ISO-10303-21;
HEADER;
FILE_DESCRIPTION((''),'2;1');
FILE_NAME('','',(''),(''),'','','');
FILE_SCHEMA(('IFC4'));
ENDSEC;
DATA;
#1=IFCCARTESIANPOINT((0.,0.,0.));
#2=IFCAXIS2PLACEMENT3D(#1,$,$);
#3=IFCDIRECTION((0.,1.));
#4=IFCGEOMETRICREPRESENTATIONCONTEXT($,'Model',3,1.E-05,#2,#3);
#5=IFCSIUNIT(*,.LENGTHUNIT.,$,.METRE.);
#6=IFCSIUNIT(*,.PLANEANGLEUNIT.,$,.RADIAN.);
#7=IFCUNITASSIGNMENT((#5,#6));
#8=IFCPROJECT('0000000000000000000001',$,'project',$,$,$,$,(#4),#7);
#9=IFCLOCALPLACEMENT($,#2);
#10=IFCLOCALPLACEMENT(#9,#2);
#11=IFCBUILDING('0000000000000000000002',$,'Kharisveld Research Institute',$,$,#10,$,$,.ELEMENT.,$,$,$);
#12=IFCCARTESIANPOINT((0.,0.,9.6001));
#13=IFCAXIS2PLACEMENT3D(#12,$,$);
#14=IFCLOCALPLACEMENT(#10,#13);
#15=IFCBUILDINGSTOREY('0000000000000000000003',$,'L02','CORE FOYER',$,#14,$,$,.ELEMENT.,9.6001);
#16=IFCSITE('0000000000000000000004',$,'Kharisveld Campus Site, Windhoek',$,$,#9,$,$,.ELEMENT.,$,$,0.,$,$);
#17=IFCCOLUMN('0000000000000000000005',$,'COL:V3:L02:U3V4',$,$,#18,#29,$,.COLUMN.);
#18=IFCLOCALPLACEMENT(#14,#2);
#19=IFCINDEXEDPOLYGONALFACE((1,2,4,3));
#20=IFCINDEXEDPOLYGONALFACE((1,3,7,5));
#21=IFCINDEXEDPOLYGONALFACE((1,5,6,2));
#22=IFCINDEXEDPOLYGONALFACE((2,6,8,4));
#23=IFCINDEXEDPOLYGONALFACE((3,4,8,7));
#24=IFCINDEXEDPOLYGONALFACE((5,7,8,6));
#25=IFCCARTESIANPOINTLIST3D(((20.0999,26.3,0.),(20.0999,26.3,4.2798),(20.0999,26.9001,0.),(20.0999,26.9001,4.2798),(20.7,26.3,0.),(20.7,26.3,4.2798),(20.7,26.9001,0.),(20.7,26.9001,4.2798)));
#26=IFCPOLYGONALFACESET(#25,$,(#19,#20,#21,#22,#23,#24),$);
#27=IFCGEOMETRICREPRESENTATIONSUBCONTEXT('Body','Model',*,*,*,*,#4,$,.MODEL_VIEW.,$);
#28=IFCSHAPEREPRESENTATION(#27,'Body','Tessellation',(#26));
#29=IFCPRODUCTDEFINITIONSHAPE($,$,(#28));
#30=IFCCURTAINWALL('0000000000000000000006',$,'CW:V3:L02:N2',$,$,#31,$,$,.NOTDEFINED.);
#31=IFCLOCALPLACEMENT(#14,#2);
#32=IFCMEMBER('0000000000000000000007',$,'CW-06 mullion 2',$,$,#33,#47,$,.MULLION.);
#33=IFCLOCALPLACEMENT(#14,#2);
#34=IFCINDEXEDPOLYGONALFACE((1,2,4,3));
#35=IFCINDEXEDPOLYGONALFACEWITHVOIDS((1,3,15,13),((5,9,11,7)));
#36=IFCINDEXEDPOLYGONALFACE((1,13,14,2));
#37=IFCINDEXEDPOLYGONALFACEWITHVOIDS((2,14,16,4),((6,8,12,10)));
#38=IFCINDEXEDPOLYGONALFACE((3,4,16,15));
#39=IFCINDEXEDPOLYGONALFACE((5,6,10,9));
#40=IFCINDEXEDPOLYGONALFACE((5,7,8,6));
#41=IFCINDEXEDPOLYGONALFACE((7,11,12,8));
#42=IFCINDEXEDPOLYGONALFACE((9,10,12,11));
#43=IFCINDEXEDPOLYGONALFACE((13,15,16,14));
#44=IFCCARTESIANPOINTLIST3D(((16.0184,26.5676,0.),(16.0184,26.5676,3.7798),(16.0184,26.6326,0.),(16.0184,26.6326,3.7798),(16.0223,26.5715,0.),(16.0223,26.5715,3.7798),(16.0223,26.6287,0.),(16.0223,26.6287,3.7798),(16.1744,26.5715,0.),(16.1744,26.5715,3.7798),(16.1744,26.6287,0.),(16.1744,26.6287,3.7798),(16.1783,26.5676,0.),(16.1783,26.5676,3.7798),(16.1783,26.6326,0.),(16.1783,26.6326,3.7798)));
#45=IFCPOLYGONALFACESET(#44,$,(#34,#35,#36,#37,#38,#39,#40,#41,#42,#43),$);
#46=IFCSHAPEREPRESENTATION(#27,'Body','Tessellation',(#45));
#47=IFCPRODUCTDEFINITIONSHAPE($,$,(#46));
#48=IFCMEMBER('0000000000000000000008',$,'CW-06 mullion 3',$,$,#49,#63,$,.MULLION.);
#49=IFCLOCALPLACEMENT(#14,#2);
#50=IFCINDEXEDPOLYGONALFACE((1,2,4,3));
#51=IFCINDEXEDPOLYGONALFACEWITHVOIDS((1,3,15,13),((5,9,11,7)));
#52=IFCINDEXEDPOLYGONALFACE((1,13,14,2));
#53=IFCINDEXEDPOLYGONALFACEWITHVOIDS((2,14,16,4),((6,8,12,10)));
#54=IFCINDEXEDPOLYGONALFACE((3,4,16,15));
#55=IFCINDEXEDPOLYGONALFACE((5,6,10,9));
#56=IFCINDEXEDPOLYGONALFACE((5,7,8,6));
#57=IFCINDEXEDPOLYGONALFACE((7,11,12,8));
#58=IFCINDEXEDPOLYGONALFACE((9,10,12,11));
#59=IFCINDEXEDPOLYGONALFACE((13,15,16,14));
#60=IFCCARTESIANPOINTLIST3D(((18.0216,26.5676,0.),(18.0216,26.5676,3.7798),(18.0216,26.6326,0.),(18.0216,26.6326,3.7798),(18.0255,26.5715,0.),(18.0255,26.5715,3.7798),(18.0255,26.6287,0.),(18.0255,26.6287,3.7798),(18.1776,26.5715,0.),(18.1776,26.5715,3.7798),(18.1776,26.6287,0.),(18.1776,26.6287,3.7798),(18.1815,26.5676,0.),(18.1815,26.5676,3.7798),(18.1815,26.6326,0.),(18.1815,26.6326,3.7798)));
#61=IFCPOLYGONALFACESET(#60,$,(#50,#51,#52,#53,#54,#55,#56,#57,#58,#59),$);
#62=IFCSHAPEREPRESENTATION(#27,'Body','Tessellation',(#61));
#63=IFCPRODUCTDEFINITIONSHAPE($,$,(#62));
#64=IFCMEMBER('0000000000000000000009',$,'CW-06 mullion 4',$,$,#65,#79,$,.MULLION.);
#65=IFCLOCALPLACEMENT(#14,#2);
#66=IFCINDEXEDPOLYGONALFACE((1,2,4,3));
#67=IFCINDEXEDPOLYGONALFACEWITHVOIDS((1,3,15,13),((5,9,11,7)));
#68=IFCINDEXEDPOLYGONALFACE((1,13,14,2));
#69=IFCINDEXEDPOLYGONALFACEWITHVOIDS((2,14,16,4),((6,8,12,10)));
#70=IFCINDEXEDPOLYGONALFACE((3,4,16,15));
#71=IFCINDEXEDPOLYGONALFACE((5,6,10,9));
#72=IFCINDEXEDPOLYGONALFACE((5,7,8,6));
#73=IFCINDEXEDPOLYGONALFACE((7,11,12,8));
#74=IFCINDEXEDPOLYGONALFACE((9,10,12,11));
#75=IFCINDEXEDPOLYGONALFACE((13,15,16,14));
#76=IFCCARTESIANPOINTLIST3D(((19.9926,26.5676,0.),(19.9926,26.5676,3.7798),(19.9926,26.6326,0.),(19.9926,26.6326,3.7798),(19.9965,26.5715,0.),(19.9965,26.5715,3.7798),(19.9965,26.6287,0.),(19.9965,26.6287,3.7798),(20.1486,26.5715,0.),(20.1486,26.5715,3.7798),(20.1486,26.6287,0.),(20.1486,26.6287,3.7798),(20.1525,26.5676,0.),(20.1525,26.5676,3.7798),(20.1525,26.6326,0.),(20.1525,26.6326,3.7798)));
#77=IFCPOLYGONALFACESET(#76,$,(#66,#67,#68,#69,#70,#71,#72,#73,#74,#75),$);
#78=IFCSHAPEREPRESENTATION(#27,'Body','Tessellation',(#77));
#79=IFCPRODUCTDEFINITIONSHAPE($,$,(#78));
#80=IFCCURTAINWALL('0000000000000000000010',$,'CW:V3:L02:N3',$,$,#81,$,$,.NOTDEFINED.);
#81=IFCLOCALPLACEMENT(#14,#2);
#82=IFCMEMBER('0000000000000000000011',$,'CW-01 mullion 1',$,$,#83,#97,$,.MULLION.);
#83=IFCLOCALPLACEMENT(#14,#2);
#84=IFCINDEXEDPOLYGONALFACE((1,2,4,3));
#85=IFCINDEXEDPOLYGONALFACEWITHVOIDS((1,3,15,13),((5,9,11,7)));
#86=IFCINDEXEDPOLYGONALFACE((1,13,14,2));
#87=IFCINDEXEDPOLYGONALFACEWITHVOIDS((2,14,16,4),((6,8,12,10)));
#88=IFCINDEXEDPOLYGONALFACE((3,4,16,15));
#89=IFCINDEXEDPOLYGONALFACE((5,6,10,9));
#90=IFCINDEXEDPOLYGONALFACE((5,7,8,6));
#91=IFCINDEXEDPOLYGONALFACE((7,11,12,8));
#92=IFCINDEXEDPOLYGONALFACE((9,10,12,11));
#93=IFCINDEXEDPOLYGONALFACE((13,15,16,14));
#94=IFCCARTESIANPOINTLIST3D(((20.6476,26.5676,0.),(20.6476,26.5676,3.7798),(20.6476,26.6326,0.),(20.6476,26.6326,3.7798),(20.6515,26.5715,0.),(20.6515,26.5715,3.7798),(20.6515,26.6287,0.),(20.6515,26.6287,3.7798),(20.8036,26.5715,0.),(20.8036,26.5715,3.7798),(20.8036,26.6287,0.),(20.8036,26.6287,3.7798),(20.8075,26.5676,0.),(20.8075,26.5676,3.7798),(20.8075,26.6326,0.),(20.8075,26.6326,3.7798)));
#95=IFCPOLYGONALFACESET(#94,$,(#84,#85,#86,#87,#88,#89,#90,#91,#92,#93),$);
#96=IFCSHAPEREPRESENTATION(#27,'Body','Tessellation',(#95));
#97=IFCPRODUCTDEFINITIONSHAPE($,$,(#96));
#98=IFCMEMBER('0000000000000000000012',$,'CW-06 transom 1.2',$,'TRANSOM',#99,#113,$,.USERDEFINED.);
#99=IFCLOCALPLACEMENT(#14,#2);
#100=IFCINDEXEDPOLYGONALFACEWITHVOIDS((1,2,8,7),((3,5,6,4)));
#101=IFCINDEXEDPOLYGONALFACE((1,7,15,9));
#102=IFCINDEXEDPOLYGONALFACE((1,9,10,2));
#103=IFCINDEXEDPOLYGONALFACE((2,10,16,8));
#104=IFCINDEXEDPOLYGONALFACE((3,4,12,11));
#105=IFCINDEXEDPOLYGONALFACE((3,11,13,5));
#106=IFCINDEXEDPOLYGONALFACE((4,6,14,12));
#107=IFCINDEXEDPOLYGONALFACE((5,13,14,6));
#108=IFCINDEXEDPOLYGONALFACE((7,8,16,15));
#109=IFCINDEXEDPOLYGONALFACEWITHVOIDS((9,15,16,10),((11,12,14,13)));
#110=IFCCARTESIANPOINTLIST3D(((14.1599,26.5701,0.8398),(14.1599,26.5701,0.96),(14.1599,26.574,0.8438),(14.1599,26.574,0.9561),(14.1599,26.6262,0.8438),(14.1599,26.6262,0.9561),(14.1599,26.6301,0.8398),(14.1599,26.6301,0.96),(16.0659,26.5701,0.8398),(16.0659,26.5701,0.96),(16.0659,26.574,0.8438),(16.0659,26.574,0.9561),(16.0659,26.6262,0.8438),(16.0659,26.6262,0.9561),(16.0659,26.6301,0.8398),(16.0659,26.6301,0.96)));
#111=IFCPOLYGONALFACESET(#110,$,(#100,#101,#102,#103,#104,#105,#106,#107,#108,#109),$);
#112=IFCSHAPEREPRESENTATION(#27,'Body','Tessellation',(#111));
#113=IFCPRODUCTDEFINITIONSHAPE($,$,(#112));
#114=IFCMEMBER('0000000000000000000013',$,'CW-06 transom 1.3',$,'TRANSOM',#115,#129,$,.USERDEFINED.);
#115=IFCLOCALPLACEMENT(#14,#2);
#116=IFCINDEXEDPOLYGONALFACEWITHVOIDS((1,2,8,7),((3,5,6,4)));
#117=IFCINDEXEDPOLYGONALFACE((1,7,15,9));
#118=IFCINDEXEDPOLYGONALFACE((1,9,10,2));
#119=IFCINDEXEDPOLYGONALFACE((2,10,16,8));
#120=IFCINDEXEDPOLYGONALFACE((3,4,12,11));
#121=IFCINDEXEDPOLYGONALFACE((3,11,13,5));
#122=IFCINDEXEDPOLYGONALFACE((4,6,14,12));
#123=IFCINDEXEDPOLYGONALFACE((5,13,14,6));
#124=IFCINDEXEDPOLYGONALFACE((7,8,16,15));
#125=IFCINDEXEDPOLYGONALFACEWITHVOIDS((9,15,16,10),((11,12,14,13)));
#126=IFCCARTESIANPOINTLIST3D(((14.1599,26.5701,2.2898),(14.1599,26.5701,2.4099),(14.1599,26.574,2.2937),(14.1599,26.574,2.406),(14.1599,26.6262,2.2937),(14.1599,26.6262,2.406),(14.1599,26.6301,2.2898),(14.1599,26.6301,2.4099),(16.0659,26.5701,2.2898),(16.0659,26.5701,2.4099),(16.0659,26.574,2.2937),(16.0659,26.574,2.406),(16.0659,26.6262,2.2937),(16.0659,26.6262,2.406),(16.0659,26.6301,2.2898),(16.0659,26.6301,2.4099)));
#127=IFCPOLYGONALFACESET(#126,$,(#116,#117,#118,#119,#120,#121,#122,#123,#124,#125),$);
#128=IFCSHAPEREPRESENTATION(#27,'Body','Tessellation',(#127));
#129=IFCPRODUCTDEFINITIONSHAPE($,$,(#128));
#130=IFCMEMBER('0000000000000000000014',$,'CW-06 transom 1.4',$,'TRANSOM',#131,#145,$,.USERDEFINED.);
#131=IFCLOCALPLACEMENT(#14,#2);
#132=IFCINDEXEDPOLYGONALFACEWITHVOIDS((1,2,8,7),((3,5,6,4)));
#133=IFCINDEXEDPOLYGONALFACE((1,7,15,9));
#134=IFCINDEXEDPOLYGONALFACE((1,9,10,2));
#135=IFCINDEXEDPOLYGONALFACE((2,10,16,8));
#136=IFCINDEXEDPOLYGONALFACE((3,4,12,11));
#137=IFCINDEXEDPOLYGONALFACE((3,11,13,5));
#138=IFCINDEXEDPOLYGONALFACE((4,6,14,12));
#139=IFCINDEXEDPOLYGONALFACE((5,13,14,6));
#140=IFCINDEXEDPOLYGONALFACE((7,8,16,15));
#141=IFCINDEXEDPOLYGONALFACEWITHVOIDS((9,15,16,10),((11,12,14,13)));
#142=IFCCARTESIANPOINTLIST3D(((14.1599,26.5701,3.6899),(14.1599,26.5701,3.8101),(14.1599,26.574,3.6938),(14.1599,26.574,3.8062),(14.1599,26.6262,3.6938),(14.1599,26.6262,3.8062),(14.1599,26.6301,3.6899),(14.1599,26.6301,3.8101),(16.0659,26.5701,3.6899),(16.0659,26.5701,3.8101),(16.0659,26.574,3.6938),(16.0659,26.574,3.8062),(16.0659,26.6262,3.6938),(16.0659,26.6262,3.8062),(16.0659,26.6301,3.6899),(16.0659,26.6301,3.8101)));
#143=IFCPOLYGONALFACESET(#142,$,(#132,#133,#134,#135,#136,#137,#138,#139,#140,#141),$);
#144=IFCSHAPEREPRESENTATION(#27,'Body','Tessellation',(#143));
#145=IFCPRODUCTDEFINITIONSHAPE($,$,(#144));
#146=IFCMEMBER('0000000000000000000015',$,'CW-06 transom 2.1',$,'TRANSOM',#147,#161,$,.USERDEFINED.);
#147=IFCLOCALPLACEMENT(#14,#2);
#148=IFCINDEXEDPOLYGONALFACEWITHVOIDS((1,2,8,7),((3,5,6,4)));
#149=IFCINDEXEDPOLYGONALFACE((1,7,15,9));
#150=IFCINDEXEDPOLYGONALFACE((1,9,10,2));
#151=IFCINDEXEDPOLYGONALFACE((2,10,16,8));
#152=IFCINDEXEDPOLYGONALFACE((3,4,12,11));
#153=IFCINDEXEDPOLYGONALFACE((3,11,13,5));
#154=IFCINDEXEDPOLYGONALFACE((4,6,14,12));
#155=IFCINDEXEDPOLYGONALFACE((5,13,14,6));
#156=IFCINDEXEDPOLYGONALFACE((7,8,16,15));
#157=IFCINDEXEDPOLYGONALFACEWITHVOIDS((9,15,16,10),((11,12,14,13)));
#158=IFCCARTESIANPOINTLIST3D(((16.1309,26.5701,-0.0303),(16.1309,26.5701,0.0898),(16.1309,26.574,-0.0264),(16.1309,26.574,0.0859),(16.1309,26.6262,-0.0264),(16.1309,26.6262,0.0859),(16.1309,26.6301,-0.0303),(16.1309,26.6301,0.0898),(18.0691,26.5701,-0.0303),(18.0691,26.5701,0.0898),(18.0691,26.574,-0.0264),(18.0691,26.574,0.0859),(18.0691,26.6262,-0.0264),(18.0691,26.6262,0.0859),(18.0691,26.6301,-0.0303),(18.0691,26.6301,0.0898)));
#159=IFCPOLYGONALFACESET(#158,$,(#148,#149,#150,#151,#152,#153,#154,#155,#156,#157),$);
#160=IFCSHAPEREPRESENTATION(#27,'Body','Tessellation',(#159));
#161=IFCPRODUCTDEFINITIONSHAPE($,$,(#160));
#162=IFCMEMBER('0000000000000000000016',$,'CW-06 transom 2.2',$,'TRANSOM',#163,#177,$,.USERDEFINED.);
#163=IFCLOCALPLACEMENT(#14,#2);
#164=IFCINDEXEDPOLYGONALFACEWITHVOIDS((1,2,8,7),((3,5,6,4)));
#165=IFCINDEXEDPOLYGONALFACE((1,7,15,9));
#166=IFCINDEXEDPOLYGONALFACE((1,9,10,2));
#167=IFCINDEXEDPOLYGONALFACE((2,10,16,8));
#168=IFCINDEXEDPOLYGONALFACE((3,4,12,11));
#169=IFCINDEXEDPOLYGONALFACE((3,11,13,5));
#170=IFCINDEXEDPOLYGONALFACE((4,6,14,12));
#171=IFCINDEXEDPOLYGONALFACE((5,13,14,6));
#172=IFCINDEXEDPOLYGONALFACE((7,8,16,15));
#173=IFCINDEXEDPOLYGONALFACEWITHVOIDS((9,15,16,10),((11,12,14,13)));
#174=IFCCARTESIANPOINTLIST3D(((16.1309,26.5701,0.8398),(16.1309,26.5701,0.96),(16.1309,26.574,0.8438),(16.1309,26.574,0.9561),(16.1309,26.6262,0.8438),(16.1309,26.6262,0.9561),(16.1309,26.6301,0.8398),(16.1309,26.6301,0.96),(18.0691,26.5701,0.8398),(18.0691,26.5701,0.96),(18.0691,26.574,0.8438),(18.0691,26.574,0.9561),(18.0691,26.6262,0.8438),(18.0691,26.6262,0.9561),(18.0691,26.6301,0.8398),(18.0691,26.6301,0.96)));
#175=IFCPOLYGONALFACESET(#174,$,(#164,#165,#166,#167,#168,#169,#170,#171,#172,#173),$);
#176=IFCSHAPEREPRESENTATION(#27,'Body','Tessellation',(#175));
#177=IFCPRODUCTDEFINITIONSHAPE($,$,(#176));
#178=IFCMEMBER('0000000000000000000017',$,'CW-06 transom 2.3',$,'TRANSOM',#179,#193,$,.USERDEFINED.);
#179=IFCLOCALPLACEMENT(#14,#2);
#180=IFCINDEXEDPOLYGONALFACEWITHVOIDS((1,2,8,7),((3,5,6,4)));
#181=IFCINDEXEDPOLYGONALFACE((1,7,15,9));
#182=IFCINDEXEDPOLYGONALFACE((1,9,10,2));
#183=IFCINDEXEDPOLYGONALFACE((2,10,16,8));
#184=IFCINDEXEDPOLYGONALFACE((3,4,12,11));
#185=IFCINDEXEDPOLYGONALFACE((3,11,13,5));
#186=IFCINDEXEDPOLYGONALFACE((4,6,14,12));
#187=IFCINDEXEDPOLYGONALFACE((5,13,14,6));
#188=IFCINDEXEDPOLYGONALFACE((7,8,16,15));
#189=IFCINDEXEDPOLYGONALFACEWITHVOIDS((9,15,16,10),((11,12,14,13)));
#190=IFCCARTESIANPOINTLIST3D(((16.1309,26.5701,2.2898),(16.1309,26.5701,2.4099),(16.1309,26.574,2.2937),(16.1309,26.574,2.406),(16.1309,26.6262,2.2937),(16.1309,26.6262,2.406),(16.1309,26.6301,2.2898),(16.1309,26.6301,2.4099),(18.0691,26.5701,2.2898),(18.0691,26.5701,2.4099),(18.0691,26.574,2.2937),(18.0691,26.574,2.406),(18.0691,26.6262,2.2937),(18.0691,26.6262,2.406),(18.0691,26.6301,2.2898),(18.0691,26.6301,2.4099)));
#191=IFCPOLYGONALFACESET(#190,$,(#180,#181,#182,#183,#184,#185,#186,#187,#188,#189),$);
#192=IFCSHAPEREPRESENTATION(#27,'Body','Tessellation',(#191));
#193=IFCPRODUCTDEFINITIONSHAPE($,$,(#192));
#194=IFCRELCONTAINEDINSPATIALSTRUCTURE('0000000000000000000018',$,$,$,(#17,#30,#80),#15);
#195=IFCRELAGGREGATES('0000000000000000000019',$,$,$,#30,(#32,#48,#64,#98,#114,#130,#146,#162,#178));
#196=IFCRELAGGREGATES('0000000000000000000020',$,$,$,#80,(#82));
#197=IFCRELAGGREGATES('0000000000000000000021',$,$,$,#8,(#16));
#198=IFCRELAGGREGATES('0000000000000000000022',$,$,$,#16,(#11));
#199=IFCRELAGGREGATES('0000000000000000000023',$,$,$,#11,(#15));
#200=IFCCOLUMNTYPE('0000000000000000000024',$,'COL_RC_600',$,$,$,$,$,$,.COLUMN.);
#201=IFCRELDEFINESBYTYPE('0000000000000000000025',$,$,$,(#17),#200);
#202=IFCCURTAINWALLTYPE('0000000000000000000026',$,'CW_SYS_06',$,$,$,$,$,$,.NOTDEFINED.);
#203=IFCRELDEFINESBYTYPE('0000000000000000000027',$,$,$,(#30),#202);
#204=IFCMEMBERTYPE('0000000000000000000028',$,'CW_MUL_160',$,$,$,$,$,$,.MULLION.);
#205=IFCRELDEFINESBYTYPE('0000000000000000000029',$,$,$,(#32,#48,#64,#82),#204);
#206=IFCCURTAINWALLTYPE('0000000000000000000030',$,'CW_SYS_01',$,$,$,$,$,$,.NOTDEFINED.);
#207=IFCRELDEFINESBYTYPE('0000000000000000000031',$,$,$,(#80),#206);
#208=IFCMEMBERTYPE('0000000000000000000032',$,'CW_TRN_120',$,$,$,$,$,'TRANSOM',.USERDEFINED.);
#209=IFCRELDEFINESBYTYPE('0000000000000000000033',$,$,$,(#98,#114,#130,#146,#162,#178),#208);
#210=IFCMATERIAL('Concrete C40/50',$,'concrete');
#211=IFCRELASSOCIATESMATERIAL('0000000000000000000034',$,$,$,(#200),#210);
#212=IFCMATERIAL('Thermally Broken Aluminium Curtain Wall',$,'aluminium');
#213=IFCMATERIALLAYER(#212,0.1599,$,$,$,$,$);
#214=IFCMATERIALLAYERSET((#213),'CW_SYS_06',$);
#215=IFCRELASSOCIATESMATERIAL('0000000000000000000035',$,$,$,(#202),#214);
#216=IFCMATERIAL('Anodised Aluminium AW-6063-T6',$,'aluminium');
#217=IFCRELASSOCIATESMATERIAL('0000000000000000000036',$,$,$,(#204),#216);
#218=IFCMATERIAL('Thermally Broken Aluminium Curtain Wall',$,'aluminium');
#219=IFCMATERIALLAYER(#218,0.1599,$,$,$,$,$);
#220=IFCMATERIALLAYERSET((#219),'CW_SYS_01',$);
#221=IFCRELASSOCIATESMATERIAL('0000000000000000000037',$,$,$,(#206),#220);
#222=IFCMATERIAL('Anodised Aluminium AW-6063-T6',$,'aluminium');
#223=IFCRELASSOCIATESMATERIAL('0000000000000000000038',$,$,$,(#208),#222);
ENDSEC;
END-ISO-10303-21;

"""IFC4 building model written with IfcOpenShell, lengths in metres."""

from ifc_helpers import new_model, si_unit, direction, frame, origin, origin_2d, place, context, subcontext, project, spatial, rectangle, hollow_rectangle, extrude, material, layer, layer_set, material_profile, profile_set, type_object, element, aggregate, save


model = new_model("IFC4")

# Units and contexts
model_context = context("Model", 3, precision=1e-05, world=origin(), true_north=direction((0.0, 1.0)))
body_context = subcontext(model_context, "Body", "Model", "MODEL_VIEW")
ifc_project = project(units=[si_unit("LENGTHUNIT", "METRE"), si_unit("PLANEANGLEUNIT", "RADIAN")], contexts=[model_context])

# Site, building, storey
site_placement = place(None, origin())
site = spatial("IfcSite", under=ifc_project, at=site_placement, Name="Kharisveld Campus Site, Windhoek", CompositionType="ELEMENT", RefElevation=0.0)
building_placement = place(site_placement, origin())
building = spatial("IfcBuilding", under=site, at=building_placement, Name="Kharisveld Research Institute", CompositionType="ELEMENT")
storey_placement = place(building_placement, frame((0.0, 0.0, 9.6001)))
storey = spatial("IfcBuildingStorey", under=building, at=storey_placement, Name="L02", Description="CORE FOYER", CompositionType="ELEMENT", Elevation=9.6001)

# Column
ifc_material_1 = material(Name="Concrete C40/50", Category="concrete")
ifc_material_profile_1 = material_profile(ifc_material_1, rectangle(XDim=0.6001, YDim=0.6001, at=origin_2d()))
ifc_profile_set_1 = profile_set([ifc_material_profile_1], Name="Concrete C40/50")
column_type = type_object("IfcColumnType", Name="COL_RC_600", PredefinedType="COLUMN", material=ifc_profile_set_1)
column_placement = place(storey_placement, frame((20.3999, 26.6001, 0.0), z_axis=(0.0, 0.0, 1.0), x_axis=(1.0, 0.0, 0.0)))
element("IfcColumn", 1, at=column_placement, inside=storey, type_object=column_type, Name="COL:V3:L02:U3V4", PredefinedType="COLUMN", context=body_context, shape_type="SweptSolid", body=[
    extrude(rectangle(XDim=0.6001, YDim=0.6001, at=origin_2d()), origin(), (0.0, 0.0, 1.0), 4.2798),
])

# Curtain wall, members
ifc_material_2 = material(Name="Thermally Broken Aluminium Curtain Wall", Category="aluminium")
ifc_layer_1 = layer(ifc_material_2, 0.1599)
ifc_layer_set_1 = layer_set([ifc_layer_1], Name="CW_SYS_06")
curtain_wall_type_1 = type_object("IfcCurtainWallType", Name="CW_SYS_06", PredefinedType="NOTDEFINED", material=ifc_layer_set_1)
curtain_wall_1_placement = place(storey_placement, origin())
curtain_wall_1 = element("IfcCurtainWall", 2, at=curtain_wall_1_placement, inside=storey, type_object=curtain_wall_type_1, Name="CW:V3:L02:N2", PredefinedType="NOTDEFINED")
ifc_material_3 = material(Name="Anodised Aluminium AW-6063-T6", Category="aluminium")
ifc_material_profile_2 = material_profile(ifc_material_3, hollow_rectangle(XDim=0.0649, YDim=0.1599, WallThickness=0.0039, at=origin_2d()))
ifc_profile_set_2 = profile_set([ifc_material_profile_2], Name="Anodised Aluminium AW-6063-T6")
member_type_1 = type_object("IfcMemberType", Name="CW_MUL_160", PredefinedType="MULLION", material=ifc_profile_set_2)
member_1_placement = place(storey_placement, frame((16.0984, 26.6001, 0.0), z_axis=(0.0, 0.0, 1.0), x_axis=(0.0, 1.0, 0.0)))
member_1 = element("IfcMember", 3, at=member_1_placement, type_object=member_type_1, Name="CW-06 mullion 2", PredefinedType="MULLION", context=body_context, shape_type="SweptSolid", body=[
    extrude(hollow_rectangle(XDim=0.0649, YDim=0.1599, WallThickness=0.0039, at=origin_2d()), origin(), (0.0, 0.0, 1.0), 3.7798),
])
member_2_placement = place(storey_placement, frame((18.1016, 26.6001, 0.0), z_axis=(0.0, 0.0, 1.0), x_axis=(0.0, 1.0, 0.0)))
member_2 = element("IfcMember", 4, at=member_2_placement, type_object=member_type_1, Name="CW-06 mullion 3", PredefinedType="MULLION", context=body_context, shape_type="SweptSolid", body=[
    extrude(hollow_rectangle(XDim=0.0649, YDim=0.1599, WallThickness=0.0039, at=origin_2d()), origin(), (0.0, 0.0, 1.0), 3.7798),
])
member_3_placement = place(storey_placement, frame((20.0725, 26.6001, 0.0), z_axis=(0.0, 0.0, 1.0), x_axis=(0.0, 1.0, 0.0)))
member_3 = element("IfcMember", 5, at=member_3_placement, type_object=member_type_1, Name="CW-06 mullion 4", PredefinedType="MULLION", context=body_context, shape_type="SweptSolid", body=[
    extrude(hollow_rectangle(XDim=0.0649, YDim=0.1599, WallThickness=0.0039, at=origin_2d()), origin(), (0.0, 0.0, 1.0), 3.7798),
])

# Curtain wall, member
ifc_material_4 = material(Name="Thermally Broken Aluminium Curtain Wall", Category="aluminium")
ifc_layer_2 = layer(ifc_material_4, 0.1599)
ifc_layer_set_2 = layer_set([ifc_layer_2], Name="CW_SYS_01")
curtain_wall_type_2 = type_object("IfcCurtainWallType", Name="CW_SYS_01", PredefinedType="NOTDEFINED", material=ifc_layer_set_2)
curtain_wall_2_placement = place(storey_placement, origin())
curtain_wall_2 = element("IfcCurtainWall", 6, at=curtain_wall_2_placement, inside=storey, type_object=curtain_wall_type_2, Name="CW:V3:L02:N3", PredefinedType="NOTDEFINED")
member_4_placement = place(storey_placement, frame((20.7275, 26.6001, 0.0), z_axis=(0.0, 0.0, 1.0), x_axis=(0.0, 1.0, 0.0)))
member_4 = element("IfcMember", 7, at=member_4_placement, type_object=member_type_1, Name="CW-01 mullion 1", PredefinedType="MULLION", context=body_context, shape_type="SweptSolid", body=[
    extrude(hollow_rectangle(XDim=0.0649, YDim=0.1599, WallThickness=0.0039, at=origin_2d()), origin(), (0.0, 0.0, 1.0), 3.7798),
])

# Members
ifc_material_5 = material(Name="Anodised Aluminium AW-6063-T6", Category="aluminium")
ifc_material_profile_3 = material_profile(ifc_material_5, hollow_rectangle(XDim=0.0601, YDim=0.1201, WallThickness=0.0039, at=origin_2d()))
ifc_profile_set_3 = profile_set([ifc_material_profile_3], Name="Anodised Aluminium AW-6063-T6")
member_type_2 = type_object("IfcMemberType", Name="CW_TRN_120", ElementType="TRANSOM", PredefinedType="USERDEFINED", material=ifc_profile_set_3)
member_5_placement = place(storey_placement, frame((14.1599, 26.6001, 0.8999), z_axis=(1.0, 0.0, 0.0), x_axis=(0.0, 1.0, 0.0)))
member_5 = element("IfcMember", 8, at=member_5_placement, type_object=member_type_2, Name="CW-06 transom 1.2", ObjectType="TRANSOM", PredefinedType="USERDEFINED", context=body_context, shape_type="SweptSolid", body=[
    extrude(hollow_rectangle(XDim=0.0601, YDim=0.1201, WallThickness=0.0039, at=origin_2d()), origin(), (0.0, 0.0, 1.0), 1.906),
])
member_6_placement = place(storey_placement, frame((14.1599, 26.6001, 2.3499), z_axis=(1.0, 0.0, 0.0), x_axis=(0.0, 1.0, 0.0)))
member_6 = element("IfcMember", 9, at=member_6_placement, type_object=member_type_2, Name="CW-06 transom 1.3", ObjectType="TRANSOM", PredefinedType="USERDEFINED", context=body_context, shape_type="SweptSolid", body=[
    extrude(hollow_rectangle(XDim=0.0601, YDim=0.1201, WallThickness=0.0039, at=origin_2d()), origin(), (0.0, 0.0, 1.0), 1.906),
])
member_7_placement = place(storey_placement, frame((14.1599, 26.6001, 3.75), z_axis=(1.0, 0.0, 0.0), x_axis=(0.0, 1.0, 0.0)))
member_7 = element("IfcMember", 10, at=member_7_placement, type_object=member_type_2, Name="CW-06 transom 1.4", ObjectType="TRANSOM", PredefinedType="USERDEFINED", context=body_context, shape_type="SweptSolid", body=[
    extrude(hollow_rectangle(XDim=0.0601, YDim=0.1201, WallThickness=0.0039, at=origin_2d()), origin(), (0.0, 0.0, 1.0), 1.906),
])
member_8_placement = place(storey_placement, frame((16.1309, 26.6001, 0.0298), z_axis=(1.0, 0.0, 0.0), x_axis=(0.0, 1.0, 0.0)))
member_8 = element("IfcMember", 11, at=member_8_placement, type_object=member_type_2, Name="CW-06 transom 2.1", ObjectType="TRANSOM", PredefinedType="USERDEFINED", context=body_context, shape_type="SweptSolid", body=[
    extrude(hollow_rectangle(XDim=0.0601, YDim=0.1201, WallThickness=0.0039, at=origin_2d()), origin(), (0.0, 0.0, 1.0), 1.9382),
])
member_9_placement = place(storey_placement, frame((16.1309, 26.6001, 0.8999), z_axis=(1.0, 0.0, 0.0), x_axis=(0.0, 1.0, 0.0)))
member_9 = element("IfcMember", 12, at=member_9_placement, type_object=member_type_2, Name="CW-06 transom 2.2", ObjectType="TRANSOM", PredefinedType="USERDEFINED", context=body_context, shape_type="SweptSolid", body=[
    extrude(hollow_rectangle(XDim=0.0601, YDim=0.1201, WallThickness=0.0039, at=origin_2d()), origin(), (0.0, 0.0, 1.0), 1.9382),
])
member_10_placement = place(storey_placement, frame((16.1309, 26.6001, 2.3499), z_axis=(1.0, 0.0, 0.0), x_axis=(0.0, 1.0, 0.0)))
member_10 = element("IfcMember", 13, at=member_10_placement, type_object=member_type_2, Name="CW-06 transom 2.3", ObjectType="TRANSOM", PredefinedType="USERDEFINED", context=body_context, shape_type="SweptSolid", body=[
    extrude(hollow_rectangle(XDim=0.0601, YDim=0.1201, WallThickness=0.0039, at=origin_2d()), origin(), (0.0, 0.0, 1.0), 1.9382),
])

aggregate(curtain_wall_1, [member_1, member_2, member_3, member_5, member_6, member_7, member_8, member_9, member_10])
aggregate(curtain_wall_2, [member_4])

save(model, "model.ifc")
